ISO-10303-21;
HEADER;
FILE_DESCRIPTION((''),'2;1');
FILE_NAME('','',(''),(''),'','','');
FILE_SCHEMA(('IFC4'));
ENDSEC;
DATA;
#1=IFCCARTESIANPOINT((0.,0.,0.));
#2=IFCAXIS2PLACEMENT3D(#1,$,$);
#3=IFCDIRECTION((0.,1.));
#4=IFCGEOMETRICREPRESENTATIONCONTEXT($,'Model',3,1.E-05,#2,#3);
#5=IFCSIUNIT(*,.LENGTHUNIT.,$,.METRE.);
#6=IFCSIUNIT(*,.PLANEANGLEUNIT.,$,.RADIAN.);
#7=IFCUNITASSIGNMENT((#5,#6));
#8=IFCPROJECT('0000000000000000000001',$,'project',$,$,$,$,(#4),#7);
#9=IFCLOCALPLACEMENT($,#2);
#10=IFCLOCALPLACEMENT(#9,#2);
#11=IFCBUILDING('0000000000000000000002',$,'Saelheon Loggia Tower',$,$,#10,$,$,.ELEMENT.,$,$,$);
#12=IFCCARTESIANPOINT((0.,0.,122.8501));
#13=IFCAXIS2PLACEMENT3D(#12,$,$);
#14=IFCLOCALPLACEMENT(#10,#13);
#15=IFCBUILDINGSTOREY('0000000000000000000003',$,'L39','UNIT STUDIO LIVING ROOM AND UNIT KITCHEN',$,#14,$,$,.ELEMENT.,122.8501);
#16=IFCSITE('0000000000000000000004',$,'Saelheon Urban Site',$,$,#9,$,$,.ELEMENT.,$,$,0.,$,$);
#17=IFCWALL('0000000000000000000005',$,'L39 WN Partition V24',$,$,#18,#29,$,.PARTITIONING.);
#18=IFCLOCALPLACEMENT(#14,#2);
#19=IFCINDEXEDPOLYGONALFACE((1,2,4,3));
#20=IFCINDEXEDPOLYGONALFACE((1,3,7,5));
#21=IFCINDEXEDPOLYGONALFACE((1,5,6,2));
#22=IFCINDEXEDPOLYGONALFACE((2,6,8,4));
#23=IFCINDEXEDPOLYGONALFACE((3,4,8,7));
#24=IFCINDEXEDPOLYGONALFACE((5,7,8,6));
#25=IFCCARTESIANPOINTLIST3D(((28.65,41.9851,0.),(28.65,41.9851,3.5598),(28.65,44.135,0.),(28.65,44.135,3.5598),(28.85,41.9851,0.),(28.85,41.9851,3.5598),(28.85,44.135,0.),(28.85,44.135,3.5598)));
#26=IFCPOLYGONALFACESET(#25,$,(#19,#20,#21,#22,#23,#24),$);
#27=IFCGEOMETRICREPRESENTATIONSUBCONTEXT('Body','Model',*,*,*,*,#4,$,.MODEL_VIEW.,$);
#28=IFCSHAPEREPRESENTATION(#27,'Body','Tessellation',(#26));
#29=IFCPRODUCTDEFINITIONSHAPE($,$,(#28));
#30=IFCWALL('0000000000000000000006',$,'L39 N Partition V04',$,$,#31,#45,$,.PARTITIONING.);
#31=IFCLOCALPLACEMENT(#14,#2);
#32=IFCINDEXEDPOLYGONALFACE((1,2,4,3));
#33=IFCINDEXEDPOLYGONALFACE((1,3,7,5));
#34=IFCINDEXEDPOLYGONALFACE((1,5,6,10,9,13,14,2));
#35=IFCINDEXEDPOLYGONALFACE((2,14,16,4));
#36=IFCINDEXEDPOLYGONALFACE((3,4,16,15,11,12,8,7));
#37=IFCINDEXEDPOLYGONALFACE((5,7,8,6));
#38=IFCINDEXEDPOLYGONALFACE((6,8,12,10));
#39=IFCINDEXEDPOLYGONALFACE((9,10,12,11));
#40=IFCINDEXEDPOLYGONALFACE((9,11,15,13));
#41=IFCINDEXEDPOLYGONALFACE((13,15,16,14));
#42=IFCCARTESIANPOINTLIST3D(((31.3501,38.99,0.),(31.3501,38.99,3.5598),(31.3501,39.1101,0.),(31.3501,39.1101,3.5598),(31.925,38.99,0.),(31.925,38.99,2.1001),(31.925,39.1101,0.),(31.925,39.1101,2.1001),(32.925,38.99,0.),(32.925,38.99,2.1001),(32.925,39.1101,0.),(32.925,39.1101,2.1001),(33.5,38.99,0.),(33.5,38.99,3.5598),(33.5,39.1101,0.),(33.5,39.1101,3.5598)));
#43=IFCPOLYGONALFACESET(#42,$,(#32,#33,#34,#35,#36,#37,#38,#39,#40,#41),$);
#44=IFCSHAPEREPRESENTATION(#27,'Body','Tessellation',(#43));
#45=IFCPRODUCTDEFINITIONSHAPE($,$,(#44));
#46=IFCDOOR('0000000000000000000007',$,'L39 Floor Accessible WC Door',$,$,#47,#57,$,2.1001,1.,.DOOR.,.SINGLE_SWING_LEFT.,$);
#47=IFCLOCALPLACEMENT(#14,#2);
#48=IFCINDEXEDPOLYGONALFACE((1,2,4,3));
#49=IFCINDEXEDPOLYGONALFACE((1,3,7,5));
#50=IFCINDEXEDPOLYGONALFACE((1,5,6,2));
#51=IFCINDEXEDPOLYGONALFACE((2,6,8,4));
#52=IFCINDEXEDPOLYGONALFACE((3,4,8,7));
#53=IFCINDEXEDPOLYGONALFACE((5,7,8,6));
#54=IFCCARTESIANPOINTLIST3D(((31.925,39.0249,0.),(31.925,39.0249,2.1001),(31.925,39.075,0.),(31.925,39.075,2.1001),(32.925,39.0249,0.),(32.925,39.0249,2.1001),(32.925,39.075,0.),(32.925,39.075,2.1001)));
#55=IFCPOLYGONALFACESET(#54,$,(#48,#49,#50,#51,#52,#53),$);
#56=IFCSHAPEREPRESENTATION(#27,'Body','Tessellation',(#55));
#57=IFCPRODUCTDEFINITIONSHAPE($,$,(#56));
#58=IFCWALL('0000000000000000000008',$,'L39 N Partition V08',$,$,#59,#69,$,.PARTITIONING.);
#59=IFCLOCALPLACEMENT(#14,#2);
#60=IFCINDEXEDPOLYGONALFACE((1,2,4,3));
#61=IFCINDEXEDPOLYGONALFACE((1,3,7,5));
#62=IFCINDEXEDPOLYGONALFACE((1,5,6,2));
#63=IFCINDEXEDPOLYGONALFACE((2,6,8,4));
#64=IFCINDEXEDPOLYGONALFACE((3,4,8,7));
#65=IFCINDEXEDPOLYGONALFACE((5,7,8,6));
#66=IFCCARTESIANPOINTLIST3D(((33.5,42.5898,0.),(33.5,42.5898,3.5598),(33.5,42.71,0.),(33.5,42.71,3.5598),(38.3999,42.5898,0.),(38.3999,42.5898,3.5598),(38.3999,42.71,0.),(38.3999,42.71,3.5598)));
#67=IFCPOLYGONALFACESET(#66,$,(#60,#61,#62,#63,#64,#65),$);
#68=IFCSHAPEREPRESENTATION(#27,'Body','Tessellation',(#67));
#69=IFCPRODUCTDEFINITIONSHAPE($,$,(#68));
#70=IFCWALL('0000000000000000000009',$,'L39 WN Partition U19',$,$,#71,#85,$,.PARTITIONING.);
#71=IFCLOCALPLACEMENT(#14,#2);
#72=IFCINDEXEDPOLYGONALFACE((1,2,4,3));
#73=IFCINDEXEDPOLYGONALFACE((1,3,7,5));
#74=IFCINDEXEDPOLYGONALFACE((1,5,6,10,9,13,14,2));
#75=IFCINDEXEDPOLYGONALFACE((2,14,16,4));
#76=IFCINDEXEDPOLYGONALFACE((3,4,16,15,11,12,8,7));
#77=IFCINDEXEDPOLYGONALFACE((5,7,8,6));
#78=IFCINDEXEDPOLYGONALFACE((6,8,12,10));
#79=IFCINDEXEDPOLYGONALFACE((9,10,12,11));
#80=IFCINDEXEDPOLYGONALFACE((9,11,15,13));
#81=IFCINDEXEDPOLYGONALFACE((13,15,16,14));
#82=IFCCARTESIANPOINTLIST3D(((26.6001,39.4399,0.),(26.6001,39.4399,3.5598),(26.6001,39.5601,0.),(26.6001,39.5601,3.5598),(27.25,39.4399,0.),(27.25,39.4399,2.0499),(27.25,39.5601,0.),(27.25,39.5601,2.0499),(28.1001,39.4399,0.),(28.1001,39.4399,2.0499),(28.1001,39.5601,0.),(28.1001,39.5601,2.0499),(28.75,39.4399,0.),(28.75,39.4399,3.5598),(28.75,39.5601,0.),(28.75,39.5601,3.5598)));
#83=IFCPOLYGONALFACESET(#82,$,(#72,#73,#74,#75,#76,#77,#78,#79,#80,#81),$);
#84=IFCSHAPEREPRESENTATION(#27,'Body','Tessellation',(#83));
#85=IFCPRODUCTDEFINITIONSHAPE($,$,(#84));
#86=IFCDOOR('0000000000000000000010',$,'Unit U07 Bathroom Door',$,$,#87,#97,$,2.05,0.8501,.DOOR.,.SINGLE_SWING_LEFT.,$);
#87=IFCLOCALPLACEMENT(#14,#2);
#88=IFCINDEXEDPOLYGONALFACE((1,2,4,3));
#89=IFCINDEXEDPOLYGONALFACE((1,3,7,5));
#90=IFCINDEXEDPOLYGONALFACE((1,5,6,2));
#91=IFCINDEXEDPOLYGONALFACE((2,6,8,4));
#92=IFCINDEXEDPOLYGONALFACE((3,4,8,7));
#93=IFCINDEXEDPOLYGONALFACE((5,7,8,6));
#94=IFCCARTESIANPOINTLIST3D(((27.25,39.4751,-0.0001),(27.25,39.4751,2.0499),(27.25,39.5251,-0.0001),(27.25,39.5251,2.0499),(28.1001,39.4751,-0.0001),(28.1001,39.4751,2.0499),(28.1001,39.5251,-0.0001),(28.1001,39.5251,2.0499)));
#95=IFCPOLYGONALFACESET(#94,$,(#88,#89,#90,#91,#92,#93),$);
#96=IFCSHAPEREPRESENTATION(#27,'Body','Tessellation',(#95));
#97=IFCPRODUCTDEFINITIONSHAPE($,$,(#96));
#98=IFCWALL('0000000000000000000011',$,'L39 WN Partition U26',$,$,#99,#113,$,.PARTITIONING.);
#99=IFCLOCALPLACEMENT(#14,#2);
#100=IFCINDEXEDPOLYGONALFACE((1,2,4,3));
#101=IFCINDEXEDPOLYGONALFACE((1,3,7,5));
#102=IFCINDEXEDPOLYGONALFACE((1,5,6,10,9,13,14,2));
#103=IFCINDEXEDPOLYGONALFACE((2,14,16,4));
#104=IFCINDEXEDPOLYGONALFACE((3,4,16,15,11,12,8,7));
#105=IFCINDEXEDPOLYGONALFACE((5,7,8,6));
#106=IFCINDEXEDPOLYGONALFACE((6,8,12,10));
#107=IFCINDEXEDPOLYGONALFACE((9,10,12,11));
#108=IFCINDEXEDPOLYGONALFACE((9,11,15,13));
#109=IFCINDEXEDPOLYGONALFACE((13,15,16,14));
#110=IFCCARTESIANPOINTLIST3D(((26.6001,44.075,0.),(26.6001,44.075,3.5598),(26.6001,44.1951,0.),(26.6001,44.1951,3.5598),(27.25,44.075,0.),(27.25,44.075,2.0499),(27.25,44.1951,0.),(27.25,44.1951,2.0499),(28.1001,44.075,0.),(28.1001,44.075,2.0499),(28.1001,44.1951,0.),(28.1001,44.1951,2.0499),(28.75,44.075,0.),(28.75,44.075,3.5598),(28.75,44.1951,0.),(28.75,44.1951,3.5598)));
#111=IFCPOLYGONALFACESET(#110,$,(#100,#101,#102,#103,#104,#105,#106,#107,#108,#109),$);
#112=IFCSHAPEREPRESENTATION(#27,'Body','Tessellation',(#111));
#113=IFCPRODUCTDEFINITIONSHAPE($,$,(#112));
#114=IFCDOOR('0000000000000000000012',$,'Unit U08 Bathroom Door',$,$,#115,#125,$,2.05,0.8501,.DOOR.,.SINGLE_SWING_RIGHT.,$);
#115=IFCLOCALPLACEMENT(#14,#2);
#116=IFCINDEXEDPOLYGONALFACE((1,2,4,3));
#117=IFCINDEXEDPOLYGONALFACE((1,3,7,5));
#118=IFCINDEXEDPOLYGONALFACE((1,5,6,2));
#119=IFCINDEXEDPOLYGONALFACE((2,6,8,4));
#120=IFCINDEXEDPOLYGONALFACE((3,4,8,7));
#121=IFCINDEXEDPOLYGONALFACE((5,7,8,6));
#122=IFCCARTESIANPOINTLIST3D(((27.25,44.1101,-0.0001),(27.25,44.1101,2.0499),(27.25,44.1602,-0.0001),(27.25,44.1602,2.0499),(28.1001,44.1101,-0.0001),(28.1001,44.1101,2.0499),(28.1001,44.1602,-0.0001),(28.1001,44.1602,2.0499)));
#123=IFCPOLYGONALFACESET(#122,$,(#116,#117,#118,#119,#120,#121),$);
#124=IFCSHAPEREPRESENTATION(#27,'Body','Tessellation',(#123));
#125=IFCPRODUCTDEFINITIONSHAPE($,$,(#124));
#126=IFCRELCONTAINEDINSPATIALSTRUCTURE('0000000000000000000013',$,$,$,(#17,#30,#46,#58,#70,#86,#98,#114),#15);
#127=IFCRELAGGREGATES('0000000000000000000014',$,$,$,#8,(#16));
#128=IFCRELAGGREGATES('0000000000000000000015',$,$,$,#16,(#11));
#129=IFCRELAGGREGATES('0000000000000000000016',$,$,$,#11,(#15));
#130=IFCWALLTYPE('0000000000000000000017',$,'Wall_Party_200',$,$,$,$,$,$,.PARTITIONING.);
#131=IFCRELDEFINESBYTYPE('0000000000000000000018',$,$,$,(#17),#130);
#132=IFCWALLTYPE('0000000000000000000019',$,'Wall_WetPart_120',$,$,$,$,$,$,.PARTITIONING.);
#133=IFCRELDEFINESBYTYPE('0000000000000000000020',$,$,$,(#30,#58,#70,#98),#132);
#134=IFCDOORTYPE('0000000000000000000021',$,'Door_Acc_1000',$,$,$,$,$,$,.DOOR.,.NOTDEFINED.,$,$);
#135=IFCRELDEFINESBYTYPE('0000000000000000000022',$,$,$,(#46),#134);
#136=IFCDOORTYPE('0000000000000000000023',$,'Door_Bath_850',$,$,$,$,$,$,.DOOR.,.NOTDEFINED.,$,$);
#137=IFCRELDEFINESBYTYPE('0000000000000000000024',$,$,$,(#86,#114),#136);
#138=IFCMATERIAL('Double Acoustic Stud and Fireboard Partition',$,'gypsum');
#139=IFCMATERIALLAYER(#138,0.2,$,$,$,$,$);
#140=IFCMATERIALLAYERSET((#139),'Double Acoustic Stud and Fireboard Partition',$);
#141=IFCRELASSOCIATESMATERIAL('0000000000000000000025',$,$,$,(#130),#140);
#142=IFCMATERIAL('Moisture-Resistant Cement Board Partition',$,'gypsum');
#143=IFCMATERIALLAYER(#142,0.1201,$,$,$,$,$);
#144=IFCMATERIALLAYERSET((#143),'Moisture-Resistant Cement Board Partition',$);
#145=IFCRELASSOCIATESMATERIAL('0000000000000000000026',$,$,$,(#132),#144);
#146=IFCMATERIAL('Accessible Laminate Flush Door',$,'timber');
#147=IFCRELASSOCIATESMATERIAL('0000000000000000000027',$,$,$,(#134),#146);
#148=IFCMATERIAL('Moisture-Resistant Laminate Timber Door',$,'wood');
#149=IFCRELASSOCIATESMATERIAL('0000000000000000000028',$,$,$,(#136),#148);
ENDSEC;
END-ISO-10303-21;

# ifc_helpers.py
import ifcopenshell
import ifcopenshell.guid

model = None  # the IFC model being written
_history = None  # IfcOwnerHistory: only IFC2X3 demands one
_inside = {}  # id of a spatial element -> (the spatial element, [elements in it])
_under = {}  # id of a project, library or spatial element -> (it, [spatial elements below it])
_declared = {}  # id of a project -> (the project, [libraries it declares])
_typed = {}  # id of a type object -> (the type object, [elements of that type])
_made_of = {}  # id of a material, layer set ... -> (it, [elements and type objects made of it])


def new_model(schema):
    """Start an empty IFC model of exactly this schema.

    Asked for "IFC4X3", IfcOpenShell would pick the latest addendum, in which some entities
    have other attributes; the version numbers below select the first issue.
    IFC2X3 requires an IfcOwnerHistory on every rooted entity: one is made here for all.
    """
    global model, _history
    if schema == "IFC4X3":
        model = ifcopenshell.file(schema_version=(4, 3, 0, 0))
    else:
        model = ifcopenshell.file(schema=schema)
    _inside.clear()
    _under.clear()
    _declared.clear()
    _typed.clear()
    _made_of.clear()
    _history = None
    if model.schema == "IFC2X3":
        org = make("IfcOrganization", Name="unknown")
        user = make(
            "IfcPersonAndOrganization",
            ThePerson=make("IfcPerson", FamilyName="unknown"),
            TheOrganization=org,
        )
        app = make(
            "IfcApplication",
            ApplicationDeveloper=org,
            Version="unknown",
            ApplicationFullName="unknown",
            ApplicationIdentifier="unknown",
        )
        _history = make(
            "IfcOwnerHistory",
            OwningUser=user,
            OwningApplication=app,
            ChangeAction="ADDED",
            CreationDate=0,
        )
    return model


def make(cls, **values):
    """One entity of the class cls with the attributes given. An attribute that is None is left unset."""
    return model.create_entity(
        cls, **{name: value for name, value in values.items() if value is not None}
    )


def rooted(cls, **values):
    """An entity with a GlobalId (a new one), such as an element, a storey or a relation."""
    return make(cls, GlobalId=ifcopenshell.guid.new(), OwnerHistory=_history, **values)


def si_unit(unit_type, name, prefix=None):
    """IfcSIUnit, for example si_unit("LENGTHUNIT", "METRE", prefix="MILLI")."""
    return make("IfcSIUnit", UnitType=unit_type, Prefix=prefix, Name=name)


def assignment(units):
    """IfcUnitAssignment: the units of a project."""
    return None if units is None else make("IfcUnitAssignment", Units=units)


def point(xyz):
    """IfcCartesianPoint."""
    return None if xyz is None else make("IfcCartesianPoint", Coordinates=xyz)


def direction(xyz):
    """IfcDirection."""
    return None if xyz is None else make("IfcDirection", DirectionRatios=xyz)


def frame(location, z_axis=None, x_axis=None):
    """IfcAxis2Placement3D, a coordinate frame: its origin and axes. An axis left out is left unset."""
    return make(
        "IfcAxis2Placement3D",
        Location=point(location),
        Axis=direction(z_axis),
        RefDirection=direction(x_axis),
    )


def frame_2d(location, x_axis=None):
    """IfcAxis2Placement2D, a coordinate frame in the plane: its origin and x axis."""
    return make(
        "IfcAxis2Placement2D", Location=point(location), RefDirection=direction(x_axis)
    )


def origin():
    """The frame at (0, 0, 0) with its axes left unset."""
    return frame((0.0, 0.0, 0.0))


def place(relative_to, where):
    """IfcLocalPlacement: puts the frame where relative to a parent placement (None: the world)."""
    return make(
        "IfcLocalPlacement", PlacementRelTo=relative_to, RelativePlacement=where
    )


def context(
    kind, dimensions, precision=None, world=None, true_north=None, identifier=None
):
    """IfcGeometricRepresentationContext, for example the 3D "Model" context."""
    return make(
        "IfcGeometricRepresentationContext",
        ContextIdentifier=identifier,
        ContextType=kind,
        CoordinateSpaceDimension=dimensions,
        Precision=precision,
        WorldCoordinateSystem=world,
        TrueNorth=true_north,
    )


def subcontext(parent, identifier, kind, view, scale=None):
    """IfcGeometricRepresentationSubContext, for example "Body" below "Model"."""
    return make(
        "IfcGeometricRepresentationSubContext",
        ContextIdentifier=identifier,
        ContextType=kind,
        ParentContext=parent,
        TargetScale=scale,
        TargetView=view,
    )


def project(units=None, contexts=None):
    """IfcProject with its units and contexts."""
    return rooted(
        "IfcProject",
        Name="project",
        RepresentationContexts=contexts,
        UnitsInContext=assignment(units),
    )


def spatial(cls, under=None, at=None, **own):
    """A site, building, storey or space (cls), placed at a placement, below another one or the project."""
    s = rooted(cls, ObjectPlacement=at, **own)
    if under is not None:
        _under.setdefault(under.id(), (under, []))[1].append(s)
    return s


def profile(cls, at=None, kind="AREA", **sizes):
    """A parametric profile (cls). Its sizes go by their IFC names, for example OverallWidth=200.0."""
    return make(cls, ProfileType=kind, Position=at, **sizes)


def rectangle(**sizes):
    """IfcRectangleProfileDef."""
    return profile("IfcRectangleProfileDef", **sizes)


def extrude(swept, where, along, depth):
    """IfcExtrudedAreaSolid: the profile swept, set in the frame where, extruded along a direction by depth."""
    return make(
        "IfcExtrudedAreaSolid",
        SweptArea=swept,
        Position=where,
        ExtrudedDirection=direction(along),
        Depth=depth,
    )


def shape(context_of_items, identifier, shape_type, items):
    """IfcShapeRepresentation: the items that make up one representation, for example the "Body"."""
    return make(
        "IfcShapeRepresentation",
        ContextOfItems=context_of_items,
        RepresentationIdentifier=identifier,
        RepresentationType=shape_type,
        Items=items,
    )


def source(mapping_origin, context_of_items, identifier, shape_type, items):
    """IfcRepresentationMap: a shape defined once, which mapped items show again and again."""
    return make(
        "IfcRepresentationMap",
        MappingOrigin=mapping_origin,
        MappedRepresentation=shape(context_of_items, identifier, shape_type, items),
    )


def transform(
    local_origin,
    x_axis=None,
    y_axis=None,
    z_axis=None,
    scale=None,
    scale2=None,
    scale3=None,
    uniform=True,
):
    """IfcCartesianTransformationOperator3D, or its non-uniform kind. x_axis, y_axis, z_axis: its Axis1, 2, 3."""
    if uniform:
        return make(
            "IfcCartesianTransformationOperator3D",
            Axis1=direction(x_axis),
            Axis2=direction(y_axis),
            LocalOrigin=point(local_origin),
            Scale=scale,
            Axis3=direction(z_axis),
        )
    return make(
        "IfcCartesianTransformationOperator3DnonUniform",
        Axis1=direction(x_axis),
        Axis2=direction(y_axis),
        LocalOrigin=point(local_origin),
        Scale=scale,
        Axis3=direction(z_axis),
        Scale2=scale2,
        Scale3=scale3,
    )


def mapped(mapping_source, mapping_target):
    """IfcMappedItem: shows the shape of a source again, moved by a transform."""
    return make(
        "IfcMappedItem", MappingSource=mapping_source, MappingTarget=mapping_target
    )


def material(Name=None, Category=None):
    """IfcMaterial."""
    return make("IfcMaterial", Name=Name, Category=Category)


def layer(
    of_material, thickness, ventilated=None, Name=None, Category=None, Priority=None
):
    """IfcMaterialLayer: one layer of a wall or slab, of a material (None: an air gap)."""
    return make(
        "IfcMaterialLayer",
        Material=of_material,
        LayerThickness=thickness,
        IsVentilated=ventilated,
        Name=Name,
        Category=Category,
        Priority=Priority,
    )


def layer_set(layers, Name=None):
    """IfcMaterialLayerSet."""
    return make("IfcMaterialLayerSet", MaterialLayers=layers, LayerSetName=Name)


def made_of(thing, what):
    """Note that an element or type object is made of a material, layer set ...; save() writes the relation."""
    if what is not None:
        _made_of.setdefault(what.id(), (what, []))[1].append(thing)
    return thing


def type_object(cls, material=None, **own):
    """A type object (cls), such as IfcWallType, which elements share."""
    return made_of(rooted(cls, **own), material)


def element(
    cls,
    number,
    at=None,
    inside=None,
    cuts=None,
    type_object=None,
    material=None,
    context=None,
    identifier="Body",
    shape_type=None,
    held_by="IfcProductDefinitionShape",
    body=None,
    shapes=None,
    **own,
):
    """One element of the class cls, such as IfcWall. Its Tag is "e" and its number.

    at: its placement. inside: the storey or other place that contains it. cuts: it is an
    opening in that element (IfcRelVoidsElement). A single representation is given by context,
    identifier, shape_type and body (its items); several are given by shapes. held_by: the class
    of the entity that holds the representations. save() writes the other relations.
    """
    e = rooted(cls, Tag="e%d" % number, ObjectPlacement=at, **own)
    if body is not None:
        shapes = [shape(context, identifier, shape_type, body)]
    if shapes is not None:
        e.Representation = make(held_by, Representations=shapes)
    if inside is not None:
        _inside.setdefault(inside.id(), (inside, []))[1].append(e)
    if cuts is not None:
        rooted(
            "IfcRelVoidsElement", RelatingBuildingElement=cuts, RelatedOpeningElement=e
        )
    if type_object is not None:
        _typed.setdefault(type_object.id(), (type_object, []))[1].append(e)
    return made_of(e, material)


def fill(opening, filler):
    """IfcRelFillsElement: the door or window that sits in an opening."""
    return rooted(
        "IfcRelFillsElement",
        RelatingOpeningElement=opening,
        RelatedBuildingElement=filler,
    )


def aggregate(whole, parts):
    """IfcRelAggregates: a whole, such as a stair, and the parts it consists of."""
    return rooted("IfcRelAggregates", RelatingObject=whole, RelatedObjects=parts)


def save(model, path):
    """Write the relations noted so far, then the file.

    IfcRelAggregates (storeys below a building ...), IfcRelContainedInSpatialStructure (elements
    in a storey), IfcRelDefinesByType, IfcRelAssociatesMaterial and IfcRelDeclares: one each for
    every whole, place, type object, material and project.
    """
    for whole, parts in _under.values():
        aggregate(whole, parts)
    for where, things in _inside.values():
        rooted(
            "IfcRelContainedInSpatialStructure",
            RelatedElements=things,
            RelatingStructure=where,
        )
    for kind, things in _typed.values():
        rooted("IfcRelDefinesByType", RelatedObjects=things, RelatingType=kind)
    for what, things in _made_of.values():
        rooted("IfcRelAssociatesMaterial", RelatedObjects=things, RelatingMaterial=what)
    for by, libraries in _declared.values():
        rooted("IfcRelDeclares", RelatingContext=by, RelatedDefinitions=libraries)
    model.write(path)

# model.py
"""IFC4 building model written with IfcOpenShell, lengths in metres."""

from ifc_helpers import new_model, si_unit, direction, frame, frame_2d, origin, place, context, subcontext, project, spatial, rectangle, extrude, source, transform, mapped, material, layer, layer_set, type_object, element, fill, save


model = new_model("IFC4")

# Units and contexts
model_context = context("Model", 3, precision=1e-05, world=origin(), true_north=direction((0.0, 1.0)))
body_context = subcontext(model_context, "Body", "Model", "MODEL_VIEW")
ifc_project = project(units=[si_unit("LENGTHUNIT", "METRE"), si_unit("PLANEANGLEUNIT", "RADIAN")], contexts=[model_context])

# Site, building, storey
site_placement = place(None, origin())
site = spatial("IfcSite", under=ifc_project, at=site_placement, Name="Saelheon Urban Site", CompositionType="ELEMENT", RefElevation=0.0)
building_placement = place(site_placement, origin())
building = spatial("IfcBuilding", under=site, at=building_placement, Name="Saelheon Loggia Tower", CompositionType="ELEMENT")
storey_placement = place(building_placement, frame((0.0, 0.0, 122.8501)))
storey = spatial("IfcBuildingStorey", under=building, at=storey_placement, Name="L39", Description="UNIT STUDIO LIVING ROOM AND UNIT KITCHEN", CompositionType="ELEMENT", Elevation=122.8501)

# Wall
ifc_material_1 = material(Name="Double Acoustic Stud and Fireboard Partition", Category="gypsum")
ifc_layer_1 = layer(ifc_material_1, 0.2)
ifc_layer_set_1 = layer_set([ifc_layer_1], Name="Double Acoustic Stud and Fireboard Partition")
wall_type_1 = type_object("IfcWallType", Name="Wall_Party_200", PredefinedType="PARTITIONING", material=ifc_layer_set_1)
wall_1_placement = place(storey_placement, frame((28.75, 41.9851, 0.0), z_axis=(0.0, 0.0, 1.0), x_axis=(0.0, 1.0, 0.0)))
element("IfcWall", 1, at=wall_1_placement, inside=storey, type_object=wall_type_1, Name="L39 WN Partition V24", PredefinedType="PARTITIONING", context=body_context, shape_type="SweptSolid", body=[
    extrude(rectangle(XDim=2.1499, YDim=0.2, at=frame_2d((1.075, 0.0))), origin(), (0.0, 0.0, 1.0), 3.5598),
])

# Wall, opening, door
ifc_material_2 = material(Name="Moisture-Resistant Cement Board Partition", Category="gypsum")
ifc_layer_2 = layer(ifc_material_2, 0.1201)
ifc_layer_set_2 = layer_set([ifc_layer_2], Name="Moisture-Resistant Cement Board Partition")
wall_type_2 = type_object("IfcWallType", Name="Wall_WetPart_120", PredefinedType="PARTITIONING", material=ifc_layer_set_2)
wall_2_placement = place(storey_placement, frame((31.3501, 39.05, 0.0), z_axis=(0.0, 0.0, 1.0), x_axis=(1.0, 0.0, 0.0)))
wall_2 = element("IfcWall", 2, at=wall_2_placement, inside=storey, type_object=wall_type_2, Name="L39 N Partition V04", PredefinedType="PARTITIONING", context=body_context, shape_type="SweptSolid", body=[
    extrude(rectangle(XDim=2.1499, YDim=0.1201, at=frame_2d((1.075, 0.0))), origin(), (0.0, 0.0, 1.0), 3.5598),
])
opening_1_placement = place(wall_2_placement, frame((0.575, 0.0, 0.0)))
opening_1 = element("IfcOpeningElement", 3, at=opening_1_placement, cuts=wall_2, PredefinedType="OPENING", context=body_context, shape_type="SweptSolid", body=[
    extrude(rectangle(XDim=1.0, YDim=2.1001, at=frame_2d((0.5, 1.05))), frame((0.0, 0.072, 0.0), z_axis=(0.0, -1.0, 0.0), x_axis=(1.0, 0.0, 0.0)), (0.0, 0.0, 1.0), 0.144),
])
ifc_material_3 = material(Name="Accessible Laminate Flush Door", Category="timber")
door_type_1 = type_object("IfcDoorType", Name="Door_Acc_1000", OperationType="NOTDEFINED", PredefinedType="DOOR", material=ifc_material_3)
shared_shape_1 = source(origin(), body_context, "Body", "SweptSolid", [
    extrude(rectangle(XDim=1.0, YDim=2.1001, at=frame_2d((0.5, 1.05))), frame((0.0, 0.0249, 0.0), z_axis=(0.0, -1.0, 0.0), x_axis=(1.0, 0.0, 0.0)), (0.0, 0.0, 1.0), 0.05),
])
door_1_placement = place(opening_1_placement, origin())
door_1 = element("IfcDoor", 4, at=door_1_placement, inside=storey, type_object=door_type_1, Name="L39 Floor Accessible WC Door", OperationType="SINGLE_SWING_LEFT", OverallHeight=2.1001, OverallWidth=1.0, PredefinedType="DOOR", context=body_context, shape_type="MappedRepresentation", body=[
    mapped(shared_shape_1, transform((0.0, 0.0, 0.0), scale=1.0)),
])
fill(opening_1, door_1)

# Wall
wall_3_placement = place(storey_placement, frame((33.5, 42.6499, 0.0), z_axis=(0.0, 0.0, 1.0), x_axis=(1.0, 0.0, 0.0)))
element("IfcWall", 5, at=wall_3_placement, inside=storey, type_object=wall_type_2, Name="L39 N Partition V08", PredefinedType="PARTITIONING", context=body_context, shape_type="SweptSolid", body=[
    extrude(rectangle(XDim=4.8999, YDim=0.1201, at=frame_2d((2.45, 0.0))), origin(), (0.0, 0.0, 1.0), 3.5598),
])

# Walls, openings, doors
wall_4_placement = place(storey_placement, frame((28.75, 39.5, 0.0), z_axis=(0.0, 0.0, 1.0), x_axis=(-1.0, 0.0, 0.0)))
wall_4 = element("IfcWall", 6, at=wall_4_placement, inside=storey, type_object=wall_type_2, Name="L39 WN Partition U19", PredefinedType="PARTITIONING", context=body_context, shape_type="SweptSolid", body=[
    extrude(rectangle(XDim=2.1499, YDim=0.1201, at=frame_2d((1.075, 0.0))), origin(), (0.0, 0.0, 1.0), 3.5598),
])
opening_2_placement = place(wall_4_placement, frame((0.6499, 0.0, 0.0)))
opening_2 = element("IfcOpeningElement", 7, at=opening_2_placement, cuts=wall_4, PredefinedType="OPENING", context=body_context, shape_type="SweptSolid", body=[
    extrude(rectangle(XDim=0.8501, YDim=2.05, at=frame_2d((0.425, 1.0249))), frame((0.0, 0.072, 0.0), z_axis=(0.0, -1.0, 0.0), x_axis=(1.0, 0.0, 0.0)), (0.0, 0.0, 1.0), 0.144),
])
ifc_material_4 = material(Name="Moisture-Resistant Laminate Timber Door", Category="wood")
door_type_2 = type_object("IfcDoorType", Name="Door_Bath_850", OperationType="NOTDEFINED", PredefinedType="DOOR", material=ifc_material_4)
shared_shape_2 = source(origin(), body_context, "Body", "SweptSolid", [
    extrude(rectangle(XDim=0.8501, YDim=2.05, at=frame_2d((0.425, 1.0249))), frame((0.0, 0.0249, 0.0), z_axis=(0.0, -1.0, 0.0), x_axis=(1.0, 0.0, 0.0)), (0.0, 0.0, 1.0), 0.05),
])
door_2_placement = place(opening_2_placement, origin())
door_2 = element("IfcDoor", 8, at=door_2_placement, inside=storey, type_object=door_type_2, Name="Unit U07 Bathroom Door", OperationType="SINGLE_SWING_LEFT", OverallHeight=2.05, OverallWidth=0.8501, PredefinedType="DOOR", context=body_context, shape_type="MappedRepresentation", body=[
    mapped(shared_shape_2, transform((0.0, 0.0, 0.0), scale=1.0)),
])
fill(opening_2, door_2)
wall_5_placement = place(storey_placement, frame((28.75, 44.135, 0.0), z_axis=(0.0, 0.0, 1.0), x_axis=(-1.0, 0.0, 0.0)))
wall_5 = element("IfcWall", 9, at=wall_5_placement, inside=storey, type_object=wall_type_2, Name="L39 WN Partition U26", PredefinedType="PARTITIONING", context=body_context, shape_type="SweptSolid", body=[
    extrude(rectangle(XDim=2.1499, YDim=0.1201, at=frame_2d((1.075, 0.0))), origin(), (0.0, 0.0, 1.0), 3.5598),
])
opening_3_placement = place(wall_5_placement, frame((0.6499, 0.0, 0.0)))
opening_3 = element("IfcOpeningElement", 10, at=opening_3_placement, cuts=wall_5, PredefinedType="OPENING", context=body_context, shape_type="SweptSolid", body=[
    extrude(rectangle(XDim=0.8501, YDim=2.05, at=frame_2d((0.425, 1.0249))), frame((0.0, 0.072, 0.0), z_axis=(0.0, -1.0, 0.0), x_axis=(1.0, 0.0, 0.0)), (0.0, 0.0, 1.0), 0.144),
])
door_3_placement = place(opening_3_placement, origin())
door_3 = element("IfcDoor", 11, at=door_3_placement, inside=storey, type_object=door_type_2, Name="Unit U08 Bathroom Door", OperationType="SINGLE_SWING_RIGHT", OverallHeight=2.05, OverallWidth=0.8501, PredefinedType="DOOR", context=body_context, shape_type="MappedRepresentation", body=[
    mapped(shared_shape_2, transform((0.0, 0.0, 0.0), scale=1.0)),
])
fill(opening_3, door_3)

save(model, "model.ifc")
